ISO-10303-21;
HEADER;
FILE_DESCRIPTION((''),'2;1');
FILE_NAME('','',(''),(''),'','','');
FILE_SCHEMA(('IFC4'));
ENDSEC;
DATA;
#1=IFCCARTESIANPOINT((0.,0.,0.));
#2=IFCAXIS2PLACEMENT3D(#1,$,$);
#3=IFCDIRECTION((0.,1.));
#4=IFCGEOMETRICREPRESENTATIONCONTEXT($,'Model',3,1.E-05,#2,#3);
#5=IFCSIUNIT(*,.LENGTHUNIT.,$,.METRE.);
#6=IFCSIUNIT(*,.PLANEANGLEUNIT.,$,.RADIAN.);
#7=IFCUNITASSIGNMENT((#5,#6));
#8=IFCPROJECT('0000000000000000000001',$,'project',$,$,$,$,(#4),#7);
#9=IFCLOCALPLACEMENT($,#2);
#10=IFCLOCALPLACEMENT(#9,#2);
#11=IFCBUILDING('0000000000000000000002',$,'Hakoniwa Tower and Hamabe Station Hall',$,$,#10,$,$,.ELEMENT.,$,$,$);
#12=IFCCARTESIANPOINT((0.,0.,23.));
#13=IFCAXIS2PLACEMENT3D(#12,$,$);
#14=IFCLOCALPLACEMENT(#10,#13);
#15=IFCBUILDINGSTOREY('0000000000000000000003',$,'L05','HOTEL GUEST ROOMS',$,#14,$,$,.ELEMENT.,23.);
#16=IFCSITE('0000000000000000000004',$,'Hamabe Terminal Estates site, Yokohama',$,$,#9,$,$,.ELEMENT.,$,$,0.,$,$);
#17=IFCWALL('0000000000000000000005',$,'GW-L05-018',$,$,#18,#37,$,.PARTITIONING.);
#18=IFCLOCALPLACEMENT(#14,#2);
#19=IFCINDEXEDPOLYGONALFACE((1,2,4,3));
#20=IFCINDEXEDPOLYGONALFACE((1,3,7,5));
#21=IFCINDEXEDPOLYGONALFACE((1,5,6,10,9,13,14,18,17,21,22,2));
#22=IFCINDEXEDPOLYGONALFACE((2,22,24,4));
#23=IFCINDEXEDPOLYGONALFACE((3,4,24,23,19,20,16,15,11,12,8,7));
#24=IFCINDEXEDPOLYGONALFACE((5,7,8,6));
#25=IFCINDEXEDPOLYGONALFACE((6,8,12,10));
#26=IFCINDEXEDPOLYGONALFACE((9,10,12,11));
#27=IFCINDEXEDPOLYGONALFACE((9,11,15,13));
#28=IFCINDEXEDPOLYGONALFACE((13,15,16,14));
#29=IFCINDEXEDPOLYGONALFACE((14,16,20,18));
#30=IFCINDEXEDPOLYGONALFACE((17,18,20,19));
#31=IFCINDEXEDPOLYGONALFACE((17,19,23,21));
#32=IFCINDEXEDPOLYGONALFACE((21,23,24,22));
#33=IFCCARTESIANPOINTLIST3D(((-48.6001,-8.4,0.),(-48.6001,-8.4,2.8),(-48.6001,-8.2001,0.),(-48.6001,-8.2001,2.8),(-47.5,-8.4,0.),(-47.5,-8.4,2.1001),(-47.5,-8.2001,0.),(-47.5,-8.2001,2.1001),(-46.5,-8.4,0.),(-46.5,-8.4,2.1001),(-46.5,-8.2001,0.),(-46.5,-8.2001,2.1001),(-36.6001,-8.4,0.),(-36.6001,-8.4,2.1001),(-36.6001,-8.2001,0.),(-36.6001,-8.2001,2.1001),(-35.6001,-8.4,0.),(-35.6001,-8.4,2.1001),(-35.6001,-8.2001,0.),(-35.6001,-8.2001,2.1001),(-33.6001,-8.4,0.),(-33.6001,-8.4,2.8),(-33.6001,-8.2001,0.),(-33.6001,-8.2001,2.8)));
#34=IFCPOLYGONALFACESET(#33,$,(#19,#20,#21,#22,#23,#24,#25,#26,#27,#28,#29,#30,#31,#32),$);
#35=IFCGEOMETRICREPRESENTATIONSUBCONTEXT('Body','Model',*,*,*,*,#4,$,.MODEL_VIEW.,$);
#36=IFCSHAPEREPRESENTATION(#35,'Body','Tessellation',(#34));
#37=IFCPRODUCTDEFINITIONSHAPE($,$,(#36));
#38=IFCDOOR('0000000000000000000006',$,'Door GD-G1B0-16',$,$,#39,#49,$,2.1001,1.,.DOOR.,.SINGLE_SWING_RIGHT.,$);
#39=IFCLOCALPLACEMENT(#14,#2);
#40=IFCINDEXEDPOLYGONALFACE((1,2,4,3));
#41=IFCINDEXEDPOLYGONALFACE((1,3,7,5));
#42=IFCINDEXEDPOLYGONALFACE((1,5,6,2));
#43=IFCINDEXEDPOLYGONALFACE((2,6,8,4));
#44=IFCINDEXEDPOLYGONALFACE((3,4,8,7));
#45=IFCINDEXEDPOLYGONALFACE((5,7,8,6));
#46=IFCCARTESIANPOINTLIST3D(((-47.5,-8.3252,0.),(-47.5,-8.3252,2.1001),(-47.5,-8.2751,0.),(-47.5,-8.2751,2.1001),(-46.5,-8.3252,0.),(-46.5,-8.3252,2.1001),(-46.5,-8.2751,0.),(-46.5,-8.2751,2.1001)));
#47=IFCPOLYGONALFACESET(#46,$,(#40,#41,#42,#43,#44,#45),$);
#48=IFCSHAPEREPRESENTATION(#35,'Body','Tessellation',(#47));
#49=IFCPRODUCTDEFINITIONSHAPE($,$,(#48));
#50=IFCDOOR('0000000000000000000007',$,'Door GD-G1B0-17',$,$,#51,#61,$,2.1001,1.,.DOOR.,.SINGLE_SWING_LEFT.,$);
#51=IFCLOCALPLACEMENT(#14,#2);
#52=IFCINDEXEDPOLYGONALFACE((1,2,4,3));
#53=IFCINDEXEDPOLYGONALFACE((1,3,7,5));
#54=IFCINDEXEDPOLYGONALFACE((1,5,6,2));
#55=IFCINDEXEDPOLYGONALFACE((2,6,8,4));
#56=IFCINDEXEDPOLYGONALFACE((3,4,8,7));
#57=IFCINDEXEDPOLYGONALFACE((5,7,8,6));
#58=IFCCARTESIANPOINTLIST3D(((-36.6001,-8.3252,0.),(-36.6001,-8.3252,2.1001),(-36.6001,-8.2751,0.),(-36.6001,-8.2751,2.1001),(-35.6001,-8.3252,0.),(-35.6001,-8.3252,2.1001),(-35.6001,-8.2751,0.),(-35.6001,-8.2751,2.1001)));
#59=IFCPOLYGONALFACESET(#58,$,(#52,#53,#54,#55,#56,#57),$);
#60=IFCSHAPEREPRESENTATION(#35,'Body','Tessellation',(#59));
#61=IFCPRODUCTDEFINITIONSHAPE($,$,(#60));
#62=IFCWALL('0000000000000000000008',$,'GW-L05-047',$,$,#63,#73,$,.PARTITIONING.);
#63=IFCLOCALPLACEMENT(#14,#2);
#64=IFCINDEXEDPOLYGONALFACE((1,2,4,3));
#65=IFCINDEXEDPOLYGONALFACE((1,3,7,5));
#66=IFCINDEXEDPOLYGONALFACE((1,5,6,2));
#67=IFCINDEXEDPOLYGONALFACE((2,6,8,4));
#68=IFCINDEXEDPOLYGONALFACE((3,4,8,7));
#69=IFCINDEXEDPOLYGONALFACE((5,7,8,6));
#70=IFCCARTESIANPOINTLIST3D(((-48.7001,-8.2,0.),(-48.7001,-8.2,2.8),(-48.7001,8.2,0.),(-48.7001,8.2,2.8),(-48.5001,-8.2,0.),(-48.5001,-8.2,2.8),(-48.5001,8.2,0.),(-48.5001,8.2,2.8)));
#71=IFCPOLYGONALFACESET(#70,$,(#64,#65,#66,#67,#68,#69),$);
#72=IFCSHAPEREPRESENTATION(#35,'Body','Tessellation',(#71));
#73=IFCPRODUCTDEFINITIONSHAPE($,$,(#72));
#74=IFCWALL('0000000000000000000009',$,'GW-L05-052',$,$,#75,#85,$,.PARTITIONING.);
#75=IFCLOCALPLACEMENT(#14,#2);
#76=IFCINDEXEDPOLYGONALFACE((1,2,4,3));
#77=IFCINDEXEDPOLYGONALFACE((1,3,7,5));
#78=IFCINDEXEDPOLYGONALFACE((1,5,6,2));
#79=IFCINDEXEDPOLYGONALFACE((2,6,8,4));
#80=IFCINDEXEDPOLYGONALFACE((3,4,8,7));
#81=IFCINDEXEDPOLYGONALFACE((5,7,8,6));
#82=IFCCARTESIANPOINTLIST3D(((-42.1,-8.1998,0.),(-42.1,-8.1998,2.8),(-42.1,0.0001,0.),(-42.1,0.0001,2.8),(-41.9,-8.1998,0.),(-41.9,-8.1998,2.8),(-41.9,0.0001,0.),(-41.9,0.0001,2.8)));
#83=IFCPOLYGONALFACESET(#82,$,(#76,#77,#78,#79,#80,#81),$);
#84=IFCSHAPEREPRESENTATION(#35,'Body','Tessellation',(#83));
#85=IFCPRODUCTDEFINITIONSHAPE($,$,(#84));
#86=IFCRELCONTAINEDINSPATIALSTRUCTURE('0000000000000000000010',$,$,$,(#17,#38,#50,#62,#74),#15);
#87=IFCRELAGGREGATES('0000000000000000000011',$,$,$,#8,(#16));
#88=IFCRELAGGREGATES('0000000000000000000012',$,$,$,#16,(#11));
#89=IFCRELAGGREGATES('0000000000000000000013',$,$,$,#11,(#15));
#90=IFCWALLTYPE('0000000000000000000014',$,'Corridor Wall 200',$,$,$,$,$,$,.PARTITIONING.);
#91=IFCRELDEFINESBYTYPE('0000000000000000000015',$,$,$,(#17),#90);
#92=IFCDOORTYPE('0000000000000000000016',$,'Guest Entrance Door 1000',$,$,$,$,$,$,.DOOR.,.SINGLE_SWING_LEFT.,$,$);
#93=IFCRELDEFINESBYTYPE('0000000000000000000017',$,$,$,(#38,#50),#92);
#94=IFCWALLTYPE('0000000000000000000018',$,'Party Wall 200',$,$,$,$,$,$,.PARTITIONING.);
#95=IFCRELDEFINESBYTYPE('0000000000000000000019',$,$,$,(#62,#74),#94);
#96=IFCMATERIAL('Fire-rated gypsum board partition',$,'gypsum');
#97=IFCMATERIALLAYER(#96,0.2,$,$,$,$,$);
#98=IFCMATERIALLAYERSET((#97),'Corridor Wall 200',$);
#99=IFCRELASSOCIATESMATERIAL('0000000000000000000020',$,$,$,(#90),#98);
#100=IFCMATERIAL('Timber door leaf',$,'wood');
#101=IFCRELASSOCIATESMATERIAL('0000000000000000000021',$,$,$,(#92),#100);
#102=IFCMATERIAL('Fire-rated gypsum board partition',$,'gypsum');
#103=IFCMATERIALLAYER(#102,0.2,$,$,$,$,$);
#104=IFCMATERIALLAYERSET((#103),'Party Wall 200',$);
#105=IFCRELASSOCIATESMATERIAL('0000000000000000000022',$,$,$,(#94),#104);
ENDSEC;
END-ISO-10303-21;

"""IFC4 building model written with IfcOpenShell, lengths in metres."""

from ifc_helpers import new_model, si_unit, direction, frame, frame_2d, origin, place, context, subcontext, project, spatial, rectangle, extrude, material, layer, layer_set, type_object, element, fill, save


model = new_model("IFC4")

# Units and contexts
model_context = context("Model", 3, precision=1e-05, world=origin(), true_north=direction((0.0, 1.0)))
body_context = subcontext(model_context, "Body", "Model", "MODEL_VIEW")
ifc_project = project(units=[si_unit("LENGTHUNIT", "METRE"), si_unit("PLANEANGLEUNIT", "RADIAN")], contexts=[model_context])

# Site, building, storey
site_placement = place(None, origin())
site = spatial("IfcSite", under=ifc_project, at=site_placement, Name="Hamabe Terminal Estates site, Yokohama", CompositionType="ELEMENT", RefElevation=0.0)
building_placement = place(site_placement, origin())
building = spatial("IfcBuilding", under=site, at=building_placement, Name="Hakoniwa Tower and Hamabe Station Hall", CompositionType="ELEMENT")
storey_placement = place(building_placement, frame((0.0, 0.0, 23.0)))
storey = spatial("IfcBuildingStorey", under=building, at=storey_placement, Name="L05", Description="HOTEL GUEST ROOMS", CompositionType="ELEMENT", Elevation=23.0)

# Wall, openings, doors
ifc_material_1 = material(Name="Fire-rated gypsum board partition", Category="gypsum")
ifc_layer_1 = layer(ifc_material_1, 0.2)
ifc_layer_set_1 = layer_set([ifc_layer_1], Name="Corridor Wall 200")
wall_type_1 = type_object("IfcWallType", Name="Corridor Wall 200", PredefinedType="PARTITIONING", material=ifc_layer_set_1)
ifc_material_2 = material(Name="Timber door leaf", Category="wood")
door_type_1 = type_object("IfcDoorType", Name="Guest Entrance Door 1000", OperationType="SINGLE_SWING_LEFT", PredefinedType="DOOR", material=ifc_material_2)
wall_1_placement = place(storey_placement, frame((-48.6001, -8.3, 0.0), z_axis=(0.0, 0.0, 1.0), x_axis=(1.0, 0.0, 0.0)))
wall_1 = element("IfcWall", 1, at=wall_1_placement, inside=storey, type_object=wall_type_1, Name="GW-L05-018", PredefinedType="PARTITIONING", context=body_context, shape_type="SweptSolid", body=[
    extrude(rectangle(XDim=15.0, YDim=0.2, at=frame_2d((7.5, 0.0))), origin(), (0.0, 0.0, 1.0), 2.8),
])
opening_1_placement = place(wall_1_placement, frame((1.1001, 0.0, 0.0)))
opening_1 = element("IfcOpeningElement", 2, at=opening_1_placement, cuts=wall_1, PredefinedType="OPENING", context=body_context, shape_type="SweptSolid", body=[
    extrude(rectangle(XDim=1.0, YDim=2.1001, at=frame_2d((0.5, 1.05))), frame((0.0, 0.1099, 0.0), z_axis=(0.0, -1.0, 0.0), x_axis=(1.0, 0.0, 0.0)), (0.0, 0.0, 1.0), 0.22),
])
opening_2_placement = place(wall_1_placement, frame((12.0, 0.0, 0.0)))
opening_2 = element("IfcOpeningElement", 3, at=opening_2_placement, cuts=wall_1, PredefinedType="OPENING", context=body_context, shape_type="SweptSolid", body=[
    extrude(rectangle(XDim=1.0, YDim=2.1001, at=frame_2d((0.5, 1.05))), frame((0.0, 0.1099, 0.0), z_axis=(0.0, -1.0, 0.0), x_axis=(1.0, 0.0, 0.0)), (0.0, 0.0, 1.0), 0.22),
])
door_1_placement = place(opening_1_placement, origin())
door_1 = element("IfcDoor", 4, at=door_1_placement, inside=storey, type_object=door_type_1, Name="Door GD-G1B0-16", OperationType="SINGLE_SWING_RIGHT", OverallHeight=2.1001, OverallWidth=1.0, PredefinedType="DOOR", context=body_context, shape_type="SweptSolid", body=[
    extrude(rectangle(XDim=1.0, YDim=2.1001, at=frame_2d((0.5, 1.05))), frame((0.0, 0.0249, 0.0), z_axis=(0.0, -1.0, 0.0), x_axis=(1.0, 0.0, 0.0)), (0.0, 0.0, 1.0), 0.05),
])
fill(opening_1, door_1)
door_2_placement = place(opening_2_placement, origin())
door_2 = element("IfcDoor", 5, at=door_2_placement, inside=storey, type_object=door_type_1, Name="Door GD-G1B0-17", OperationType="SINGLE_SWING_LEFT", OverallHeight=2.1001, OverallWidth=1.0, PredefinedType="DOOR", context=body_context, shape_type="SweptSolid", body=[
    extrude(rectangle(XDim=1.0, YDim=2.1001, at=frame_2d((0.5, 1.05))), frame((0.0, 0.0249, 0.0), z_axis=(0.0, -1.0, 0.0), x_axis=(1.0, 0.0, 0.0)), (0.0, 0.0, 1.0), 0.05),
])
fill(opening_2, door_2)

# Walls
ifc_material_3 = material(Name="Fire-rated gypsum board partition", Category="gypsum")
ifc_layer_2 = layer(ifc_material_3, 0.2)
ifc_layer_set_2 = layer_set([ifc_layer_2], Name="Party Wall 200")
wall_type_2 = type_object("IfcWallType", Name="Party Wall 200", PredefinedType="PARTITIONING", material=ifc_layer_set_2)
wall_2_placement = place(storey_placement, frame((-48.6001, -8.2, 0.0), z_axis=(0.0, 0.0, 1.0), x_axis=(0.0, 1.0, 0.0)))
element("IfcWall", 6, at=wall_2_placement, inside=storey, type_object=wall_type_2, Name="GW-L05-047", PredefinedType="PARTITIONING", context=body_context, shape_type="SweptSolid", body=[
    extrude(rectangle(XDim=16.3999, YDim=0.2, at=frame_2d((8.2, 0.0))), origin(), (0.0, 0.0, 1.0), 2.8),
])
wall_3_placement = place(storey_placement, frame((-42.0, -8.2, 0.0), z_axis=(0.0, 0.0, 1.0), x_axis=(0.0, 1.0, 0.0)))
element("IfcWall", 7, at=wall_3_placement, inside=storey, type_object=wall_type_2, Name="GW-L05-052", PredefinedType="PARTITIONING", context=body_context, shape_type="SweptSolid", body=[
    extrude(rectangle(XDim=8.2, YDim=0.2, at=frame_2d((4.1001, 0.0))), origin(), (0.0, 0.0, 1.0), 2.8),
])

save(model, "model.ifc")
